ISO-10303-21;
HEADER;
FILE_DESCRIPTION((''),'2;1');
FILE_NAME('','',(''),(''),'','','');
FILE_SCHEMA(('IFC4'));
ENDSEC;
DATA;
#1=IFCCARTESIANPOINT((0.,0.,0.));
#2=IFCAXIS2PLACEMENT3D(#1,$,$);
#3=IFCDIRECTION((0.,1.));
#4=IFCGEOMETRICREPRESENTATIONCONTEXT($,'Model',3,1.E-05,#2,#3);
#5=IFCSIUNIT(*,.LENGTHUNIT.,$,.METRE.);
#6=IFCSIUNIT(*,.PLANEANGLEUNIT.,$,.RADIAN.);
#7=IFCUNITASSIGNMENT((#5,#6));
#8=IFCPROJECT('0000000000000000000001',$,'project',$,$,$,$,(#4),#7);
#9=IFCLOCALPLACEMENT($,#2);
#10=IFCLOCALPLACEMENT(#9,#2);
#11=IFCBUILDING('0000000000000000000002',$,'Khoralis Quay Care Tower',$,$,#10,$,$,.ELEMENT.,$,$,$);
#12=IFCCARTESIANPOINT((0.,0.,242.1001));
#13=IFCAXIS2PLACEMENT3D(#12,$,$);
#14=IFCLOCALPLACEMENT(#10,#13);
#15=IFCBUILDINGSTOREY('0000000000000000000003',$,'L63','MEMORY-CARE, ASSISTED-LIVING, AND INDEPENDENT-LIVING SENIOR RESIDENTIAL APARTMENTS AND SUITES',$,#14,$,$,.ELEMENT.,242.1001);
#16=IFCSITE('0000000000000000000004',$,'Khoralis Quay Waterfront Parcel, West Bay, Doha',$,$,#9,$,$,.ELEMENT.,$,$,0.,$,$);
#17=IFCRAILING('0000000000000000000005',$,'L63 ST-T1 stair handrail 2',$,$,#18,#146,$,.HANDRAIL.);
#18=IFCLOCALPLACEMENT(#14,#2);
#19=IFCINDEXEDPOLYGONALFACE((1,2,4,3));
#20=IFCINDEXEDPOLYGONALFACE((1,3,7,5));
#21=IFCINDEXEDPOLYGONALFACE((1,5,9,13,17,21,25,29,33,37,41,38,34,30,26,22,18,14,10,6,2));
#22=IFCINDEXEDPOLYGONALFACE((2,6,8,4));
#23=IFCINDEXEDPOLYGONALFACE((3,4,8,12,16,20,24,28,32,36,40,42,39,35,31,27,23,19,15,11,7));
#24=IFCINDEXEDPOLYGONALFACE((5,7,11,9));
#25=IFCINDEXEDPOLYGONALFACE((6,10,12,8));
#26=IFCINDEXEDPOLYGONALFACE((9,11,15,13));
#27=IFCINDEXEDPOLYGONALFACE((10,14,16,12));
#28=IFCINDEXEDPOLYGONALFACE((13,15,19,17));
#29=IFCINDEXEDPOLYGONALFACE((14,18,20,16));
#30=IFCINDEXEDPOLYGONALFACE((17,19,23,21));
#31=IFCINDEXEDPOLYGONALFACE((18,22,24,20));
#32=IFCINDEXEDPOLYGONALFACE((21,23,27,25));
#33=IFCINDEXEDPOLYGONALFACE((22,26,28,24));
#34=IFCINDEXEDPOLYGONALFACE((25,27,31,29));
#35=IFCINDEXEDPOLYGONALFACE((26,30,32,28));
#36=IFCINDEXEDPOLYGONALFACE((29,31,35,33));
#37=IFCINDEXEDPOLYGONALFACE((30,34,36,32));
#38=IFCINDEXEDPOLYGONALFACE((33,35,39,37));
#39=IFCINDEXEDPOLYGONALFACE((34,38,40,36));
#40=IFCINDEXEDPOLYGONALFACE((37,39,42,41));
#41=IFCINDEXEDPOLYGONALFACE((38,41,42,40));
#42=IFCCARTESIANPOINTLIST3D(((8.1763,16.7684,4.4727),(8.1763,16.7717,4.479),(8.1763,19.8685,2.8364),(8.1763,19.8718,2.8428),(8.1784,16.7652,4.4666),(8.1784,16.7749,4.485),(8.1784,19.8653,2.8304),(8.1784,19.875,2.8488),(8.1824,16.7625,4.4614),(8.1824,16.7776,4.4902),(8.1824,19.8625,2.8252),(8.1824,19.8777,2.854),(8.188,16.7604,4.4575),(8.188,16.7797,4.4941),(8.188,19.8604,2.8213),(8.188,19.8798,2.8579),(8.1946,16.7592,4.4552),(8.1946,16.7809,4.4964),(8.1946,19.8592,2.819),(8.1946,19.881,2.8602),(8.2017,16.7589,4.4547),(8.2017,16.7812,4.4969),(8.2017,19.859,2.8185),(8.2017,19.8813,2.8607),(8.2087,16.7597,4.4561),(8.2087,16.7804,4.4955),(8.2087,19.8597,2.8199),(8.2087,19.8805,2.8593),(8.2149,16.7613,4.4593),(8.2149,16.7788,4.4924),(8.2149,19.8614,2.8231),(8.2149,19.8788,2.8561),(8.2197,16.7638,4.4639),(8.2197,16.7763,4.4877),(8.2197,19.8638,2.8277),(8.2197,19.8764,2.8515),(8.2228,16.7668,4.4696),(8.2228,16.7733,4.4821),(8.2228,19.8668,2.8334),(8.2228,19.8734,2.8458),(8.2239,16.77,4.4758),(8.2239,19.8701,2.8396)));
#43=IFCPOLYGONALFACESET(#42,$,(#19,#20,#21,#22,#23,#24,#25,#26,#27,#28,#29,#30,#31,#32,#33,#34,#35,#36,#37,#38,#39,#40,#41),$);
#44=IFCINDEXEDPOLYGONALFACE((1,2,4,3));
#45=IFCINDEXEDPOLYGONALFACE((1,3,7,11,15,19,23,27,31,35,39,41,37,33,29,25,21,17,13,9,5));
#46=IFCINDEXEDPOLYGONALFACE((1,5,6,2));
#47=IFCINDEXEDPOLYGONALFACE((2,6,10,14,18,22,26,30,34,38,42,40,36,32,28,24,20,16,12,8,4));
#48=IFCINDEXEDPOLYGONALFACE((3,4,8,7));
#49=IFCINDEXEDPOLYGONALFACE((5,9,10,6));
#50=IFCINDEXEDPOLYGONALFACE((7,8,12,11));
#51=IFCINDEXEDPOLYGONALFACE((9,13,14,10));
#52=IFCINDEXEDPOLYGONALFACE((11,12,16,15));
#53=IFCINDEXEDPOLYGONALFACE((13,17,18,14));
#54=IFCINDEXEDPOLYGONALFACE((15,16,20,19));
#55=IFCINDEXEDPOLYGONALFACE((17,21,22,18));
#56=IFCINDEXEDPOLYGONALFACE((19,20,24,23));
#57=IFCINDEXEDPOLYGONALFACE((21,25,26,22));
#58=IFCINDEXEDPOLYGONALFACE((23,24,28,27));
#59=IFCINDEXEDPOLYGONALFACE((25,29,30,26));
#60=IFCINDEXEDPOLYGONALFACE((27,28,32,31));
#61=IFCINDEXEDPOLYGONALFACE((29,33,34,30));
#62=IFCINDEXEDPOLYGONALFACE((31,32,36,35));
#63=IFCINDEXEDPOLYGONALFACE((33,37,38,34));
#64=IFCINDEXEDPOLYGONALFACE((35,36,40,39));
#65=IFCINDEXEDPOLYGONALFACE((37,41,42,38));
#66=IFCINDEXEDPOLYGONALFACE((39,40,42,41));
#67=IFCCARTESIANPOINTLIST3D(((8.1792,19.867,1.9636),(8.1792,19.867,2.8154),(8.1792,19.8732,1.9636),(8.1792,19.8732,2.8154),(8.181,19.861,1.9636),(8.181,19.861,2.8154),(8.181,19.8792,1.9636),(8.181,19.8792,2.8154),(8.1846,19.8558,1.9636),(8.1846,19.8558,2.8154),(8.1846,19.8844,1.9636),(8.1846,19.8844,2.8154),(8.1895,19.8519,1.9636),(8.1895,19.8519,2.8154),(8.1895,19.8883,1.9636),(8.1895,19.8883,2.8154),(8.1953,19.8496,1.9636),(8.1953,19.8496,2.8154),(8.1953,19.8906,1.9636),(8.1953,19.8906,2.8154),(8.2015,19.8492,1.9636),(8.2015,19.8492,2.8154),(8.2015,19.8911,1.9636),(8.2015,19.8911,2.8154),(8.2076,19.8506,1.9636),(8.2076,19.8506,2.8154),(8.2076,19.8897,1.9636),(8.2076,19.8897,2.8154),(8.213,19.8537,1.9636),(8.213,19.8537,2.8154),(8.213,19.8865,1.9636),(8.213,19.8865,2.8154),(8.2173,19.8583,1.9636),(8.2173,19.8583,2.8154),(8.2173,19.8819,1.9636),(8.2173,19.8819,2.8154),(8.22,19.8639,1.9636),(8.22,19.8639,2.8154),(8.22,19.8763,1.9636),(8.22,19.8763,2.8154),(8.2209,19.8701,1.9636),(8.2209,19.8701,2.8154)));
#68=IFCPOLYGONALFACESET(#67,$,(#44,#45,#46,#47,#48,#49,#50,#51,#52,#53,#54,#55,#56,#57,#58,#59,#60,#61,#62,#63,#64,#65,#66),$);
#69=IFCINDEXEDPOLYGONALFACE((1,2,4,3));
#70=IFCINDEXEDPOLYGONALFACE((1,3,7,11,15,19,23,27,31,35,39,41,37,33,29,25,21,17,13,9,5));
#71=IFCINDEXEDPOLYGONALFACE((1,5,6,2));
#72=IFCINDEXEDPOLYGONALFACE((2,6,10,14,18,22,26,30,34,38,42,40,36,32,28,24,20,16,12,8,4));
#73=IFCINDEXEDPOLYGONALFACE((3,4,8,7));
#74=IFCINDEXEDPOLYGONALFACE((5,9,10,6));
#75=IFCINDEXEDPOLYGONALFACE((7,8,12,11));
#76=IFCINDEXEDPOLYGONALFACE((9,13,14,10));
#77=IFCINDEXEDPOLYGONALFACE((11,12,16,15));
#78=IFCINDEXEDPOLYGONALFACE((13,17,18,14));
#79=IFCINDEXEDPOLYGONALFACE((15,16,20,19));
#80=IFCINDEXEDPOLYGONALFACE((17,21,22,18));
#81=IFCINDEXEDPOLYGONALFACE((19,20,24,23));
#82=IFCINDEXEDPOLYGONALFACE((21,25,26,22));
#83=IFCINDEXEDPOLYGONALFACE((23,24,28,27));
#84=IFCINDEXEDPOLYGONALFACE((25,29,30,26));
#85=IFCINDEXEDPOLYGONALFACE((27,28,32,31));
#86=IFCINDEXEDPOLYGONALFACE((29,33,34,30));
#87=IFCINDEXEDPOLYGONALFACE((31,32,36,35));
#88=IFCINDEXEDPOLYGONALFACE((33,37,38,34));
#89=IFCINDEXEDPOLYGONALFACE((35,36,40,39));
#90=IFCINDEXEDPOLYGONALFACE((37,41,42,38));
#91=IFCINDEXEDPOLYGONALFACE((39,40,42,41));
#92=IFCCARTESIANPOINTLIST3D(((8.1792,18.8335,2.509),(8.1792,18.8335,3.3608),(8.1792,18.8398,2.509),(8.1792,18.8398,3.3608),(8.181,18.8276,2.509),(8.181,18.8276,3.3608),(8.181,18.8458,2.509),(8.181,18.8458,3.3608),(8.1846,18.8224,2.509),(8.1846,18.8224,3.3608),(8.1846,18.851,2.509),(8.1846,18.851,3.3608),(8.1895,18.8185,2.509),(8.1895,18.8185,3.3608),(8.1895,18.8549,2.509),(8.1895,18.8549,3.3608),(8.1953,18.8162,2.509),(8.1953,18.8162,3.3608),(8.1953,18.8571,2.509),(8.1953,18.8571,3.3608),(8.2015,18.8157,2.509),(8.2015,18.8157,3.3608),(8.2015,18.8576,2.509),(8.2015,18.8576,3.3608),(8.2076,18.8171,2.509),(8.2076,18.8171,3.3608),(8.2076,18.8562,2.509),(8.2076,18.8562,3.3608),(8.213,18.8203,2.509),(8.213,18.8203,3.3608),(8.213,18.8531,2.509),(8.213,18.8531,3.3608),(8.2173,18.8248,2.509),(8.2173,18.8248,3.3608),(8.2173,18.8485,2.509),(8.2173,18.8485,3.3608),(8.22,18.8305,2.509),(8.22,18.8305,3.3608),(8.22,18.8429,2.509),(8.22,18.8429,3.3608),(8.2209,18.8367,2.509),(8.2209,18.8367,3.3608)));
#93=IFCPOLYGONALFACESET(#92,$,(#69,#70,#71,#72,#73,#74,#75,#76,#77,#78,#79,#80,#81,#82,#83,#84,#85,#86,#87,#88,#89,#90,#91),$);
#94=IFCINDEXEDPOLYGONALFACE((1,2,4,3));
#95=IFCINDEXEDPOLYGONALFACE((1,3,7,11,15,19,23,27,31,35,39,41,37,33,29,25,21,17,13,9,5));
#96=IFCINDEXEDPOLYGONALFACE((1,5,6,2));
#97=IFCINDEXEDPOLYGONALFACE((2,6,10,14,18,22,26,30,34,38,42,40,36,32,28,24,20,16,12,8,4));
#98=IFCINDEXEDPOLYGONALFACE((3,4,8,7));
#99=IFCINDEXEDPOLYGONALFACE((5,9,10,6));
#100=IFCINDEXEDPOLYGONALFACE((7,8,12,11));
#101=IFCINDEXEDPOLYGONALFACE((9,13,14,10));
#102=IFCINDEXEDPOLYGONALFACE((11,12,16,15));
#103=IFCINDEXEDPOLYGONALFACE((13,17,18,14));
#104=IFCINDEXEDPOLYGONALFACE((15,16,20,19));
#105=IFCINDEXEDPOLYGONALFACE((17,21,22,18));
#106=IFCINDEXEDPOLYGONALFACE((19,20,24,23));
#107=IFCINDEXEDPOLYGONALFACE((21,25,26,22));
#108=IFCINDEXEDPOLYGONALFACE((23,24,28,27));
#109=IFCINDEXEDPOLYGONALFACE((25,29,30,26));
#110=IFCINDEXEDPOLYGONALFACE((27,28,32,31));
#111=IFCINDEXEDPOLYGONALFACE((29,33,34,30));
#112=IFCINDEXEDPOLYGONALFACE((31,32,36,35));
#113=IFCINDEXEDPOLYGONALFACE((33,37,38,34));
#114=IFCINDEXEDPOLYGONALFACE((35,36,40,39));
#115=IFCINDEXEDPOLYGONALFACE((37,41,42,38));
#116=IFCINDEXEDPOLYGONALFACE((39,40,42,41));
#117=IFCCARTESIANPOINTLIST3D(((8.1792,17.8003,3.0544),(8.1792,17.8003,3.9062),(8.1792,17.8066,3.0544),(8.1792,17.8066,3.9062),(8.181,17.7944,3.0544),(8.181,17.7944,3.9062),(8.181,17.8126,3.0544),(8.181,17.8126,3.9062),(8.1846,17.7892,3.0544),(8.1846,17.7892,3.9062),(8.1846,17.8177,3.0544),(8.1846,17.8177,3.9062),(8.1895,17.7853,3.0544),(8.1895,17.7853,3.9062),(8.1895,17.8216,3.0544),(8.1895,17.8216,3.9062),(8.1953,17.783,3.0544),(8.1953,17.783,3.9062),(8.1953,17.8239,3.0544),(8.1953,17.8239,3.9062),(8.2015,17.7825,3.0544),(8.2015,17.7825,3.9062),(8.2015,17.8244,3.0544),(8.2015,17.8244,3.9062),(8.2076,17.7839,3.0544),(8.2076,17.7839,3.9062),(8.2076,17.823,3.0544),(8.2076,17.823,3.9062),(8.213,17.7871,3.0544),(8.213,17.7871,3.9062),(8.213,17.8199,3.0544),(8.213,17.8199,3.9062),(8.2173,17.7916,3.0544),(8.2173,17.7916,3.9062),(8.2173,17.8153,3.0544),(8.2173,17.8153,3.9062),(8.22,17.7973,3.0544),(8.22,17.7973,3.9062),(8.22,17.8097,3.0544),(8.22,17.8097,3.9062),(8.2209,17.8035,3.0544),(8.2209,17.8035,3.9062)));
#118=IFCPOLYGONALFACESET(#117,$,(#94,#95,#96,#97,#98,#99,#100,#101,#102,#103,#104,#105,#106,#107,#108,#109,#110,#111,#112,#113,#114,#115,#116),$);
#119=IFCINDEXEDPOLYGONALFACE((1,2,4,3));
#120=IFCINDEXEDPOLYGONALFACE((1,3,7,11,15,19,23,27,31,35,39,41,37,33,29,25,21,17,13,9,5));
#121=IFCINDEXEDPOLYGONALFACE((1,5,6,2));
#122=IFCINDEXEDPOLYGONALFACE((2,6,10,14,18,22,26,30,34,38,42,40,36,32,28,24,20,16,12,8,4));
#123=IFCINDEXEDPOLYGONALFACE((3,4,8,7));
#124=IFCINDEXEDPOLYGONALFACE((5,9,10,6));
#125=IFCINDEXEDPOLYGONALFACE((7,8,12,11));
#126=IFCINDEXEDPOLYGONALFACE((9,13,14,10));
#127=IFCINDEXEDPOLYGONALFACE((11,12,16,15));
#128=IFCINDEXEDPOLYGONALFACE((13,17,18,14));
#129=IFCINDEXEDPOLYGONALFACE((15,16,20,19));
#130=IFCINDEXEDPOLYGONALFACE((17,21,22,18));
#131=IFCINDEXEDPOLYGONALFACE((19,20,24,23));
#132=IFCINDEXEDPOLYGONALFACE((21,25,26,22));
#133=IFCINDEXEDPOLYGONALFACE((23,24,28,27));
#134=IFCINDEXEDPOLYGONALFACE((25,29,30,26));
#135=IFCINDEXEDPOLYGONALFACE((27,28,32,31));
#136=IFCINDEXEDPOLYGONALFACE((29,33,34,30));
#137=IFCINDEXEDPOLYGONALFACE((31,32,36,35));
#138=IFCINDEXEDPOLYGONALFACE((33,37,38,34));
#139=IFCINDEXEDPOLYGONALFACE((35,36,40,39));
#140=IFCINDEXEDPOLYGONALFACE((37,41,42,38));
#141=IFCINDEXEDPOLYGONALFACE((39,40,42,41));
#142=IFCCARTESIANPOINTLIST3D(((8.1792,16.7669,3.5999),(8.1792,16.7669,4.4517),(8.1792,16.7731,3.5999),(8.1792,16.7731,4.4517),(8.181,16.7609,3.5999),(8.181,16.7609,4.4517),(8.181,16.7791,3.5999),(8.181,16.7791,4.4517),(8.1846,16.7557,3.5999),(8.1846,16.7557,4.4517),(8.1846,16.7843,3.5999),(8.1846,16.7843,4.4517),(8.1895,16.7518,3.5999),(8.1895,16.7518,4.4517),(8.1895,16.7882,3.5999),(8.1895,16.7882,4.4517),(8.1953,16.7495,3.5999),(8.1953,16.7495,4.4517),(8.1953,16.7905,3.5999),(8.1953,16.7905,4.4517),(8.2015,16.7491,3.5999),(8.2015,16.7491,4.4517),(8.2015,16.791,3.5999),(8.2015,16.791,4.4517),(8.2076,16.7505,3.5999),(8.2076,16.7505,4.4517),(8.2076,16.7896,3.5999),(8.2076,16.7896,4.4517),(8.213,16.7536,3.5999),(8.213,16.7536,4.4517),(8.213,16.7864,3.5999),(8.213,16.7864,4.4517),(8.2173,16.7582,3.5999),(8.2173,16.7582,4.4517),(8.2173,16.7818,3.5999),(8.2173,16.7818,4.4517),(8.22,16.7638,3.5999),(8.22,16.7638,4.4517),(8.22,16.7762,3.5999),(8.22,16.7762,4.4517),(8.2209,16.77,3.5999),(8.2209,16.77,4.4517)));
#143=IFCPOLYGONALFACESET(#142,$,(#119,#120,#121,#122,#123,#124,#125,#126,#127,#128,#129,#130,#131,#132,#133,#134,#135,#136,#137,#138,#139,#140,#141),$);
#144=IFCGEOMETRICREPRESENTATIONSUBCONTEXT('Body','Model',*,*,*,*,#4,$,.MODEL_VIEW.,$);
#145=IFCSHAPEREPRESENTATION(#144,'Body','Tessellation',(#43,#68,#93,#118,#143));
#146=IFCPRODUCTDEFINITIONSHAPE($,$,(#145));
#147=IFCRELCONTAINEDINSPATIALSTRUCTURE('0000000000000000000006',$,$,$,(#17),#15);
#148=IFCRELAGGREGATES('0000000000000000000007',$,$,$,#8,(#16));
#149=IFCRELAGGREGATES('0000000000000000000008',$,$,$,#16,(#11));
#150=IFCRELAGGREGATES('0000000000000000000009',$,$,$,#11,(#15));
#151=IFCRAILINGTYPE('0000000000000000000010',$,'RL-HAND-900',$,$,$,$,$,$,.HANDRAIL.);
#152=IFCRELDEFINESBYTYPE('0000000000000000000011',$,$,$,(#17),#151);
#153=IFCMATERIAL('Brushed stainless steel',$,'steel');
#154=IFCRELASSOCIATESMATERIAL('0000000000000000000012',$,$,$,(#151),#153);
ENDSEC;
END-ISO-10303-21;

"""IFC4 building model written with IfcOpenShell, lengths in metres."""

from ifc_helpers import new_model, si_unit, direction, frame, origin, origin_2d, place, context, subcontext, project, spatial, circle, extrude, material, type_object, element, save


model = new_model("IFC4")

# Units and contexts
model_context = context("Model", 3, precision=1e-05, world=origin(), true_north=direction((0.0, 1.0)))
body_context = subcontext(model_context, "Body", "Model", "MODEL_VIEW")
ifc_project = project(units=[si_unit("LENGTHUNIT", "METRE"), si_unit("PLANEANGLEUNIT", "RADIAN")], contexts=[model_context])

# Site, building, storey
site_placement = place(None, origin())
site = spatial("IfcSite", under=ifc_project, at=site_placement, Name="Khoralis Quay Waterfront Parcel, West Bay, Doha", CompositionType="ELEMENT", RefElevation=0.0)
building_placement = place(site_placement, origin())
building = spatial("IfcBuilding", under=site, at=building_placement, Name="Khoralis Quay Care Tower", CompositionType="ELEMENT")
storey_placement = place(building_placement, frame((0.0, 0.0, 242.1001)))
storey = spatial("IfcBuildingStorey", under=building, at=storey_placement, Name="L63", Description="MEMORY-CARE, ASSISTED-LIVING, AND INDEPENDENT-LIVING SENIOR RESIDENTIAL APARTMENTS AND SUITES", CompositionType="ELEMENT", Elevation=242.1001)

# Shared definitions
ifc_material_1 = material(Name="Brushed stainless steel", Category="steel")

# Railing
railing_type_1 = type_object("IfcRailingType", Name="RL-HAND-900", PredefinedType="HANDRAIL", material=ifc_material_1)
railing_1_placement = place(storey_placement, frame((8.2, 19.8701, 1.9636)))
element("IfcRailing", 1, at=railing_1_placement, inside=storey, type_object=railing_type_1, Name="L63 ST-T1 stair handrail 2", PredefinedType="HANDRAIL", context=body_context, shape_type="SweptSolid", body=[
    extrude(circle(Radius=0.0239, at=origin_2d()), frame((0.0, 0.0, 0.876), z_axis=(0.0, -0.884377, 0.466774), x_axis=(1.0, 0.0, 0.0)), (0.0, 0.0, 1.0), 3.5054),
    extrude(circle(Radius=0.021, at=origin_2d()), origin(), (0.0, 0.0, 1.0), 0.8518),
    extrude(circle(Radius=0.021, at=origin_2d()), frame((0.0, -1.0334, 0.5454)), (0.0, 0.0, 1.0), 0.8518),
    extrude(circle(Radius=0.021, at=origin_2d()), frame((0.0, -2.0667, 1.0908)), (0.0, 0.0, 1.0), 0.8518),
    extrude(circle(Radius=0.021, at=origin_2d()), frame((0.0, -3.1001, 1.6362)), (0.0, 0.0, 1.0), 0.8518),
])

save(model, "model.ifc")
